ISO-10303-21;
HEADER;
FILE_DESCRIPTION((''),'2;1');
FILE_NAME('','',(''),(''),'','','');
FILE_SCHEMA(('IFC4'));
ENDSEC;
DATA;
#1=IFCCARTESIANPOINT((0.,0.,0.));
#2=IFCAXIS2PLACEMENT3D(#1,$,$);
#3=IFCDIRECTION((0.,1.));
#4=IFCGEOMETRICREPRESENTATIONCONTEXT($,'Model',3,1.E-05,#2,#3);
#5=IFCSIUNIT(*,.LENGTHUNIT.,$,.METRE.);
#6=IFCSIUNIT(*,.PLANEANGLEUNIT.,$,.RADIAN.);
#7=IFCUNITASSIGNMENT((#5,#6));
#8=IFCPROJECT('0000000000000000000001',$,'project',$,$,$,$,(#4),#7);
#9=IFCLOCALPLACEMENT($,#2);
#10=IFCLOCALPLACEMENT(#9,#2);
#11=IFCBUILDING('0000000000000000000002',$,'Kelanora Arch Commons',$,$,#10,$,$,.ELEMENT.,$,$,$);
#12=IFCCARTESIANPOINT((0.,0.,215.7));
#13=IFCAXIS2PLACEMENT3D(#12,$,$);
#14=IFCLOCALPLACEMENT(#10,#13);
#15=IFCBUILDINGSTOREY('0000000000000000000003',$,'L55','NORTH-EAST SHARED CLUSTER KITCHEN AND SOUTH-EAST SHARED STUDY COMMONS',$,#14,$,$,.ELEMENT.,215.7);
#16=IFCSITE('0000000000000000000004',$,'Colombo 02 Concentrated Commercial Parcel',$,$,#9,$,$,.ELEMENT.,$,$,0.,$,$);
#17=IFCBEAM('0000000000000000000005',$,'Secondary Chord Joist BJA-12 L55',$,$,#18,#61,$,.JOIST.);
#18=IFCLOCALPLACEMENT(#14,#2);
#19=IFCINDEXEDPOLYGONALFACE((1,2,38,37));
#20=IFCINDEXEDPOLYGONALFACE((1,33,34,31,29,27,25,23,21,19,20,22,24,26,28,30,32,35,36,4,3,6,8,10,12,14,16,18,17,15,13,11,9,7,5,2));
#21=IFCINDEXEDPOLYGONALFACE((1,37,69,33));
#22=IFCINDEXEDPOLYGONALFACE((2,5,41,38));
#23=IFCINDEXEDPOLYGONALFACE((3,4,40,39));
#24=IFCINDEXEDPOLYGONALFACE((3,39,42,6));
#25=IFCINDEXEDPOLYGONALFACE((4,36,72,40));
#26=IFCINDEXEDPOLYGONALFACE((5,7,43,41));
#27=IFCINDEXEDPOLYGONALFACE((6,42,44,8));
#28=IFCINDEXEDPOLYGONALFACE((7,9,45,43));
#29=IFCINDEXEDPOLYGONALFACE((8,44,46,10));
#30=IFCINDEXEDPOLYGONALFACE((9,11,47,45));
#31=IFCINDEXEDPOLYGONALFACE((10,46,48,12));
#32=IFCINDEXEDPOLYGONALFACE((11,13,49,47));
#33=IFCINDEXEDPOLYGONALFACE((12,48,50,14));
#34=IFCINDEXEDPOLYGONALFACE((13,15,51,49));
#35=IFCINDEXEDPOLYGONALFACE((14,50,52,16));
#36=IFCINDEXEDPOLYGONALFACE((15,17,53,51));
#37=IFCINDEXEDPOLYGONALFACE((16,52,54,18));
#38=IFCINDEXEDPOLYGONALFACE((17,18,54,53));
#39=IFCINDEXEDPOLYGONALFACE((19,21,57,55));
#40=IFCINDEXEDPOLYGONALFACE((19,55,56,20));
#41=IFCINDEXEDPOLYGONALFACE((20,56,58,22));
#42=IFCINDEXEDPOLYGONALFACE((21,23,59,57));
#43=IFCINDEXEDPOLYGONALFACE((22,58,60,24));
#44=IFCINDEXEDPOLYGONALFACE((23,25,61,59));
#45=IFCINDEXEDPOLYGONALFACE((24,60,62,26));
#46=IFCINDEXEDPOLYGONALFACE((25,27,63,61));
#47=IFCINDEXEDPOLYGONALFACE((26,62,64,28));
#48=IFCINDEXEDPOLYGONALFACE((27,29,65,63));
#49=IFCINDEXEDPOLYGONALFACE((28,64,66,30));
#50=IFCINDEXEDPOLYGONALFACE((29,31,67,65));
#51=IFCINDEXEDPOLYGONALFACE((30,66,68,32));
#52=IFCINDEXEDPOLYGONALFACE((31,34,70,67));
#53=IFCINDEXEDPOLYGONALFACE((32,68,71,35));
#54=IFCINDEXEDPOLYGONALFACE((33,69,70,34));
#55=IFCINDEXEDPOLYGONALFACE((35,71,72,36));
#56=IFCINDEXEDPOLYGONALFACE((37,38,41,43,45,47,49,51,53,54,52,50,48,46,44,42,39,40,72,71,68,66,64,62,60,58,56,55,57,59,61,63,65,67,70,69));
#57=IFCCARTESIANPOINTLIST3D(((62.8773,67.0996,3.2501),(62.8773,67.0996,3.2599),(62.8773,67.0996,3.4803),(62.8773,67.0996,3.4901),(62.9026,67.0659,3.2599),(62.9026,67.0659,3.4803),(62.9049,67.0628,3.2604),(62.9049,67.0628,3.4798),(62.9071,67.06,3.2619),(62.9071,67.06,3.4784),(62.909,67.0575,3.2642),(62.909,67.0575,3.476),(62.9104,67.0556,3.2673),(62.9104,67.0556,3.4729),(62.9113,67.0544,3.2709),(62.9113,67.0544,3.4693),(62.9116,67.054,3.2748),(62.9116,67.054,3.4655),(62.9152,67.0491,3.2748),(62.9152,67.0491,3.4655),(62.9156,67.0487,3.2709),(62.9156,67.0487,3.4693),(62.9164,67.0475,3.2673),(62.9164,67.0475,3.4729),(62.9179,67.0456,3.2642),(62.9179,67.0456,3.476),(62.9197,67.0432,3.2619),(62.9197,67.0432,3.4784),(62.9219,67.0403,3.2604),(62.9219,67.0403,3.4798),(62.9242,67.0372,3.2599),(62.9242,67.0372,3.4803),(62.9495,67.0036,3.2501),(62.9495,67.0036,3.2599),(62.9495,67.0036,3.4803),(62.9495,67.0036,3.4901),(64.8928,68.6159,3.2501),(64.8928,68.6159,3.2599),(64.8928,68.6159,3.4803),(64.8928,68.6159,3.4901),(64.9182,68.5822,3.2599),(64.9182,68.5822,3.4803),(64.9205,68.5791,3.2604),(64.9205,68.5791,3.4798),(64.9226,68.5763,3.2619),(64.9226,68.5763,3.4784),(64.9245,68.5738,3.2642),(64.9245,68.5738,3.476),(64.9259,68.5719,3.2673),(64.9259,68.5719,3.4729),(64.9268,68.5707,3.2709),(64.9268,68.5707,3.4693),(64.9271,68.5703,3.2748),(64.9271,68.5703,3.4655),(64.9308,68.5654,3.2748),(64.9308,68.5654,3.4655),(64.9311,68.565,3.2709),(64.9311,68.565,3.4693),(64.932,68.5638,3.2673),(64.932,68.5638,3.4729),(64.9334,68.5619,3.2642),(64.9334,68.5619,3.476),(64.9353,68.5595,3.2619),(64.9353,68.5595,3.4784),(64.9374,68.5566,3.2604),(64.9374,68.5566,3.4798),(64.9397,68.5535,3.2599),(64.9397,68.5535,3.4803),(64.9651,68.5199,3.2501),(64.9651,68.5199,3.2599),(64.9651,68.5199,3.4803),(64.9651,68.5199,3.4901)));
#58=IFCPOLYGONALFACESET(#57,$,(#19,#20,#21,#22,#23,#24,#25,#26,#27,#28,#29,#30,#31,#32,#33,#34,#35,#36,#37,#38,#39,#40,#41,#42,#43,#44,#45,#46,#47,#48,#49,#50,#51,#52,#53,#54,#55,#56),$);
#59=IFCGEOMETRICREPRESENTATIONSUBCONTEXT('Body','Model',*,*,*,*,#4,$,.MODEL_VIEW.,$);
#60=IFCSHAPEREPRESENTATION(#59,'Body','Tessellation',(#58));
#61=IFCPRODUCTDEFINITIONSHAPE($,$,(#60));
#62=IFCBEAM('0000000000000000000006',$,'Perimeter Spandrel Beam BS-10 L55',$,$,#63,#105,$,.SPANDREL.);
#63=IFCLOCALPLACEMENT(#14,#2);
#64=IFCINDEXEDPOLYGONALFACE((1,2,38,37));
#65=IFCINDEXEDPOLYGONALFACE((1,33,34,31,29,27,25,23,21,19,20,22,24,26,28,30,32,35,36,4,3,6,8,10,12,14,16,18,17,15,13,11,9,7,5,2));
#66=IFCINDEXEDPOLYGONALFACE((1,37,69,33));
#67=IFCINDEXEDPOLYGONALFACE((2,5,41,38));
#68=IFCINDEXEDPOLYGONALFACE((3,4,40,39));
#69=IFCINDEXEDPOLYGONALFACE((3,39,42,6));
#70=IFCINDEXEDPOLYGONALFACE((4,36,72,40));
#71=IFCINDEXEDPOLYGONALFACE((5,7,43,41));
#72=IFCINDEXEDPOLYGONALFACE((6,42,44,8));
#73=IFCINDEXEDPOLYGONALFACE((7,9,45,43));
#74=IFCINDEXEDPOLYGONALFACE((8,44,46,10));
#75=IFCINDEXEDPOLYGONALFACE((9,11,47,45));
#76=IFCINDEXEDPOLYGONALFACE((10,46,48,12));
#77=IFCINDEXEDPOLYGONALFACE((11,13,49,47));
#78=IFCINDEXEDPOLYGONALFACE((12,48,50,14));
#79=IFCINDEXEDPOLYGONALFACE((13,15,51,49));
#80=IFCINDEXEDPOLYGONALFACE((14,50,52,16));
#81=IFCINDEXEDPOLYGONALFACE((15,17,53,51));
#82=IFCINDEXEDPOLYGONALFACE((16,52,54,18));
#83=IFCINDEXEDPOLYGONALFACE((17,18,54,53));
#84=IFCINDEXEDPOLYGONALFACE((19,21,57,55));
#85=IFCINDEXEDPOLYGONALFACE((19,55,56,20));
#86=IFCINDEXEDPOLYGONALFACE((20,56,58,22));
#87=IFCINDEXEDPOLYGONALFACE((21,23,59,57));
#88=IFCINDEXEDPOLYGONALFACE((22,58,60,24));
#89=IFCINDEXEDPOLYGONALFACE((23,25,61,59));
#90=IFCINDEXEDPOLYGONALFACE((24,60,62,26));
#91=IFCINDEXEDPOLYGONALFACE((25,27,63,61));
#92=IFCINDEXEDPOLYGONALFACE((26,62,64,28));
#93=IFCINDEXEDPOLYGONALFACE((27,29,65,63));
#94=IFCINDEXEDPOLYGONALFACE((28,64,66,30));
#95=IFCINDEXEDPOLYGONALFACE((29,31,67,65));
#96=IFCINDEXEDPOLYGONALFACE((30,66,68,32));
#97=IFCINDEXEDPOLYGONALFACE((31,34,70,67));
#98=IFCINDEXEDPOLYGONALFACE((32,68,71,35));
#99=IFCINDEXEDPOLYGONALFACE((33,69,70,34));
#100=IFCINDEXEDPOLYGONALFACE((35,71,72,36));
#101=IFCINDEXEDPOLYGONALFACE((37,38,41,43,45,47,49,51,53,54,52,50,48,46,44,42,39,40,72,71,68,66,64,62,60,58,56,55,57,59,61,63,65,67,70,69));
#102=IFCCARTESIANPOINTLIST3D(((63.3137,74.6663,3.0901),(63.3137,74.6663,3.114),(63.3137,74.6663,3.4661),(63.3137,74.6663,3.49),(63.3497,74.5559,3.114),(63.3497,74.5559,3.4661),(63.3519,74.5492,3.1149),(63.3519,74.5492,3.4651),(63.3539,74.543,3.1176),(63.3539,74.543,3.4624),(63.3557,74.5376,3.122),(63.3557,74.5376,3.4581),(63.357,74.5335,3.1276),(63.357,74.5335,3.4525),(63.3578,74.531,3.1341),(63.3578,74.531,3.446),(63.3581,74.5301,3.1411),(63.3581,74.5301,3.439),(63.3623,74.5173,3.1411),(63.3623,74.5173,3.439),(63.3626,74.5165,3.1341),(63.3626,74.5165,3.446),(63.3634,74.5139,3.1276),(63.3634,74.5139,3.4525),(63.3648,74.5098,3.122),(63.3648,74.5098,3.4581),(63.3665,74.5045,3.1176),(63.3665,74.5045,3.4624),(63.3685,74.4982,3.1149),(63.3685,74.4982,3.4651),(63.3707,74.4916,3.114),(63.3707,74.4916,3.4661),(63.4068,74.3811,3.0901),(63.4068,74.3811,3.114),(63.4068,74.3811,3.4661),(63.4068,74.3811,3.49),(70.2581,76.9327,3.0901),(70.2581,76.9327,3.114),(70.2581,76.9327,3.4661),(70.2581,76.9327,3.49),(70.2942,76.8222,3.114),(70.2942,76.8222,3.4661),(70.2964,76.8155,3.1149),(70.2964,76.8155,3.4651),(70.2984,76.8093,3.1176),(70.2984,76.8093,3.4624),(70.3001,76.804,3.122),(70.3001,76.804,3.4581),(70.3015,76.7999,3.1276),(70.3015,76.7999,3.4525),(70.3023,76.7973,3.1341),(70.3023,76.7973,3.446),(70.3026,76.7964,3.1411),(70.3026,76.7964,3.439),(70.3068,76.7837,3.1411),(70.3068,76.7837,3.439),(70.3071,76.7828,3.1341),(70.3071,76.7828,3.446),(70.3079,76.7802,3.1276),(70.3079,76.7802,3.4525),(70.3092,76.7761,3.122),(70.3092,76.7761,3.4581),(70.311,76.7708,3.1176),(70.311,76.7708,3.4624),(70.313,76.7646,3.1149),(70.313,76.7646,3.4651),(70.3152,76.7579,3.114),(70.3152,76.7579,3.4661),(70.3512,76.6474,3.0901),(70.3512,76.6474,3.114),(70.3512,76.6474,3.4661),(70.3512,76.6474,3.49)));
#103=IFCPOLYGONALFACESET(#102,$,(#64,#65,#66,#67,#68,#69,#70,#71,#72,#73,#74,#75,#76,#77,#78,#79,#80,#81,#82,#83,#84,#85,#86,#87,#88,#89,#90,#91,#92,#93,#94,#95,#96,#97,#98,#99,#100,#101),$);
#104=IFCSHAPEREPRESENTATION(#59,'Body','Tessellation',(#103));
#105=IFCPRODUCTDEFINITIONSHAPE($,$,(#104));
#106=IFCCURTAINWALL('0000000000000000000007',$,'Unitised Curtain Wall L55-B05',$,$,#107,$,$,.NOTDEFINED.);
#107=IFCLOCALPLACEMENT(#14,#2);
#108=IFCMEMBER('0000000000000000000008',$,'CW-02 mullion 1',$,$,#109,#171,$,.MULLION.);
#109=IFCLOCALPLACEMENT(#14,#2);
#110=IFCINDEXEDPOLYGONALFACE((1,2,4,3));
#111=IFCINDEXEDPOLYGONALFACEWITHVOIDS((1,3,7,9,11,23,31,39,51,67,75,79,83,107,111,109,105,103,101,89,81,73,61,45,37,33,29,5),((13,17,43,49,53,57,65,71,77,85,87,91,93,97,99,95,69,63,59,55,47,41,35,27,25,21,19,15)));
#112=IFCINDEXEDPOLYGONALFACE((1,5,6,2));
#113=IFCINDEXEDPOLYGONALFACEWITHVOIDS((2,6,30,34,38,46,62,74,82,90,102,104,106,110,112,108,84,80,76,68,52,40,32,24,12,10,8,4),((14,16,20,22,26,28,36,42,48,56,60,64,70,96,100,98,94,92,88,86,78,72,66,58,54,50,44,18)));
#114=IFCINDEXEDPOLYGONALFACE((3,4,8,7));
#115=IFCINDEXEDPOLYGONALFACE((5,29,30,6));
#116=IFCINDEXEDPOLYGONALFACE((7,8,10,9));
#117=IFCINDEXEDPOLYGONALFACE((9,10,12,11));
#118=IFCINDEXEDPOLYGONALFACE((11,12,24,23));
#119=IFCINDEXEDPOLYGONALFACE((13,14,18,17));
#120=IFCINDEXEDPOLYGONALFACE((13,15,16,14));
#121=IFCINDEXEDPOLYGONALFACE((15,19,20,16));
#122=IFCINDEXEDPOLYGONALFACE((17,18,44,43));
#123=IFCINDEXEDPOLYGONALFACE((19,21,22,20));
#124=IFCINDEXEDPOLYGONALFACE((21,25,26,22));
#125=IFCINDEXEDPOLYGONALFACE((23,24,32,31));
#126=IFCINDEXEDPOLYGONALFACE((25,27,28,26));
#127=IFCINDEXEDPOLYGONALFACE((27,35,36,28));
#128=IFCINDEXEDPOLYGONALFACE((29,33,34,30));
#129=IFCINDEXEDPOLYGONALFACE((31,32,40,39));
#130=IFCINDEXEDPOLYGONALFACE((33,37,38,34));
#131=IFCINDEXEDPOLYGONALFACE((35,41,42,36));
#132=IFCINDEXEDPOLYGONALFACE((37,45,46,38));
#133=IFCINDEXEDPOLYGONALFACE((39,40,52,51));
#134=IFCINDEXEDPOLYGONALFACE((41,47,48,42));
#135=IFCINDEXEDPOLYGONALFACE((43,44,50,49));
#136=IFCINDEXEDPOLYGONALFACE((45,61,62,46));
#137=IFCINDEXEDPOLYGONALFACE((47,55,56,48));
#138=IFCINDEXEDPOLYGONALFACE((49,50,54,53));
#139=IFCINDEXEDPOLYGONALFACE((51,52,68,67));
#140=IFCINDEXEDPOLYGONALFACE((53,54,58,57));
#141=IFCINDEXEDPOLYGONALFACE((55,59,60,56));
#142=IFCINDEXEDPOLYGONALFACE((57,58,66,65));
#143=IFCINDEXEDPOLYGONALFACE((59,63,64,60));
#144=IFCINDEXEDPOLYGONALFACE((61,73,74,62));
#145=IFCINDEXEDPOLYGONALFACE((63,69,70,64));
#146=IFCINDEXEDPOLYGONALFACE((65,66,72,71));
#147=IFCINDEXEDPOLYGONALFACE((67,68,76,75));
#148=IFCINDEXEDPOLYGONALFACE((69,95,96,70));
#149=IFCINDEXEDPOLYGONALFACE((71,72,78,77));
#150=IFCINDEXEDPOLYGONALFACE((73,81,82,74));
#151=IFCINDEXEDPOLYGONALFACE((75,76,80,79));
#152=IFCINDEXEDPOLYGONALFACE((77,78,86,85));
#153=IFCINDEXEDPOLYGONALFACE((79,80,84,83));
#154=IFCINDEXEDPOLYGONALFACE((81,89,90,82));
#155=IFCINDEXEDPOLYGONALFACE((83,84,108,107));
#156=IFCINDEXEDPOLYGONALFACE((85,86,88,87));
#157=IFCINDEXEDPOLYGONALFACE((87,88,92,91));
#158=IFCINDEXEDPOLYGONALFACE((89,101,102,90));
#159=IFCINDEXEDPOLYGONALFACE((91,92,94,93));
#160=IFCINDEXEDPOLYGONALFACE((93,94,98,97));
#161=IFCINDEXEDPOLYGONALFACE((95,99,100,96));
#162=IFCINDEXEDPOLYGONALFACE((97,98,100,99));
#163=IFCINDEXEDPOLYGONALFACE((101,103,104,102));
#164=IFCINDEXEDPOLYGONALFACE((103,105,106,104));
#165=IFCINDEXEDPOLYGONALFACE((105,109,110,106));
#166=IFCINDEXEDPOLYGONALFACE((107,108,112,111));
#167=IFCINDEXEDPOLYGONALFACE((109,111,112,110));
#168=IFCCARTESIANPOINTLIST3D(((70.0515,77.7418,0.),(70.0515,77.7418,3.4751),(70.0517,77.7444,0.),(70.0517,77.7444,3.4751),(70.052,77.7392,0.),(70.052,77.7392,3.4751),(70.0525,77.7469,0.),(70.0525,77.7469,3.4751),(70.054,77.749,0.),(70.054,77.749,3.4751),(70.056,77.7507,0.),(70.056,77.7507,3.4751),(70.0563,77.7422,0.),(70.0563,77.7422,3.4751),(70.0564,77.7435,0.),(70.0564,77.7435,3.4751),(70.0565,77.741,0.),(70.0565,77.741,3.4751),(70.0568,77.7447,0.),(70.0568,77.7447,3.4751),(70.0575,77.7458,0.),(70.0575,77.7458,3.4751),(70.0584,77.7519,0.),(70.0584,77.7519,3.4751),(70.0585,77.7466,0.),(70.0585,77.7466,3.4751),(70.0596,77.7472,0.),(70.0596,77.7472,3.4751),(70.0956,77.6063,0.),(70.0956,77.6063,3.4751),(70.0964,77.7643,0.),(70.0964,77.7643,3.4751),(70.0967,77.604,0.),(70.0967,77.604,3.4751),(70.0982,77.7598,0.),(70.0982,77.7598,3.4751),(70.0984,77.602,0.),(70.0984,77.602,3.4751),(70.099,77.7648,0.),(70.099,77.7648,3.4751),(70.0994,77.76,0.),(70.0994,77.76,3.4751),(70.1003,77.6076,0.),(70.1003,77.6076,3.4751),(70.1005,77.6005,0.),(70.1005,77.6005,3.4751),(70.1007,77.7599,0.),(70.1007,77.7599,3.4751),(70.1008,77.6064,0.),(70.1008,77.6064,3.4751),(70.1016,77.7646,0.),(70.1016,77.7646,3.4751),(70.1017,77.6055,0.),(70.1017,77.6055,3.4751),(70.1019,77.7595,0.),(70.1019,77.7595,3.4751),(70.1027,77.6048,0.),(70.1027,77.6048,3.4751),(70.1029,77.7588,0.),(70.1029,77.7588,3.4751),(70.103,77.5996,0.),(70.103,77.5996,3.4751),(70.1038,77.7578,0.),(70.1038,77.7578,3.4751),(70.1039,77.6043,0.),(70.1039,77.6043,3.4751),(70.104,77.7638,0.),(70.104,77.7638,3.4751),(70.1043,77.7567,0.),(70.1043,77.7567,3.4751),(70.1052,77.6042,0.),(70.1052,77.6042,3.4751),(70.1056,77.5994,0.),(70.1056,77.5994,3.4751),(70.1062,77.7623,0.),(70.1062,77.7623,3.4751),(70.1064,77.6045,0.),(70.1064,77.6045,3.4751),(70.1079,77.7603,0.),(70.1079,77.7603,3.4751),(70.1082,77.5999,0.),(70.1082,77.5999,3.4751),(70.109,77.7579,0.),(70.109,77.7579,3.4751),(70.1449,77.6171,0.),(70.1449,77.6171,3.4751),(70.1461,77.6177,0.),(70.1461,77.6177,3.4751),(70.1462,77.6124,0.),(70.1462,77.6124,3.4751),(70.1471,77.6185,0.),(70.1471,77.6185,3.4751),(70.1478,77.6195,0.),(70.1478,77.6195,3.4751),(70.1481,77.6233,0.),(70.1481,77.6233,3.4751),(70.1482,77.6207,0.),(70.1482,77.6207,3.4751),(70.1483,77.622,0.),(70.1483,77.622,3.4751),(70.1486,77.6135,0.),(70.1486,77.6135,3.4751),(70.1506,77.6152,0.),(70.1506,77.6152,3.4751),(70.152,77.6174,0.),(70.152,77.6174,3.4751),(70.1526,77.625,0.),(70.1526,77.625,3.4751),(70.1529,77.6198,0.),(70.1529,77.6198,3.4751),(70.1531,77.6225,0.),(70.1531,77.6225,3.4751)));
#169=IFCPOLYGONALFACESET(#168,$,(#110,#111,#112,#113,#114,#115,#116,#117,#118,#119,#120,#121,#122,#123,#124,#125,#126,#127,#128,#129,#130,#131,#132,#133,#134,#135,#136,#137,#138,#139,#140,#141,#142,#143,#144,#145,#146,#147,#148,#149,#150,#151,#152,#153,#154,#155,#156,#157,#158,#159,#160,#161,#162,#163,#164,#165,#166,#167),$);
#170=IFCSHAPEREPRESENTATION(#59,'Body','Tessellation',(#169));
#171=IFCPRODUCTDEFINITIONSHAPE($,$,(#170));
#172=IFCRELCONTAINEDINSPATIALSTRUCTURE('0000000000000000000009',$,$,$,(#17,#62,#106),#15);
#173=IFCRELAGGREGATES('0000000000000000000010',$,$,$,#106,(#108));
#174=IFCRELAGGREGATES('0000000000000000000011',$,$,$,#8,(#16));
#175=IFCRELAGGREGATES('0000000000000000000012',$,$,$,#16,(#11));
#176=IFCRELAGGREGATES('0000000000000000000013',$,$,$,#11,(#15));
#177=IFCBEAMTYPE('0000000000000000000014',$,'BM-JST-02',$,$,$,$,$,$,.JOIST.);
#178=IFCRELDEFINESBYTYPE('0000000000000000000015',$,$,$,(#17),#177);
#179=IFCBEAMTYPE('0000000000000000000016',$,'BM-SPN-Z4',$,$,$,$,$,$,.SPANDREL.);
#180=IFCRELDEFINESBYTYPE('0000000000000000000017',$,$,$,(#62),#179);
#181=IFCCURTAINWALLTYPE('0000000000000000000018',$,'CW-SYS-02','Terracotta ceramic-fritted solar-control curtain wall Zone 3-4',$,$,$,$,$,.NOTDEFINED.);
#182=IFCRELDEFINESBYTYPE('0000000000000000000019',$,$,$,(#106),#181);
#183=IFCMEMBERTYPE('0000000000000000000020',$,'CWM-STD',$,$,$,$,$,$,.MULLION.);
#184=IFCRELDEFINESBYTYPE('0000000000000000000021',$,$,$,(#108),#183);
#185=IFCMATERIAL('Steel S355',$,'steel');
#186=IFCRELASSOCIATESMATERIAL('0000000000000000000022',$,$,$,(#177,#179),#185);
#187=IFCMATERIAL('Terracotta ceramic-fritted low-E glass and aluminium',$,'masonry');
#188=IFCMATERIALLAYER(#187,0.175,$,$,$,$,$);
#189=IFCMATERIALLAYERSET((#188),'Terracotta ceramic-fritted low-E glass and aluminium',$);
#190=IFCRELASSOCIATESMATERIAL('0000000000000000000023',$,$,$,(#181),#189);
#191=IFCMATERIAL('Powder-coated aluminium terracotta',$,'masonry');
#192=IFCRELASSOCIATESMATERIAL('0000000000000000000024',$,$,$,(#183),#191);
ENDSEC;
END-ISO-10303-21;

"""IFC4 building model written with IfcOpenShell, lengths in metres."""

from ifc_helpers import new_model, si_unit, direction, frame, origin, origin_2d, place, context, subcontext, project, spatial, hollow_rectangle, i_section, extrude, material, layer, layer_set, material_profile, profile_set, type_object, element, aggregate, save


model = new_model("IFC4")

# Units and contexts
model_context = context("Model", 3, precision=1e-05, world=origin(), true_north=direction((0.0, 1.0)))
body_context = subcontext(model_context, "Body", "Model", "MODEL_VIEW")
ifc_project = project(units=[si_unit("LENGTHUNIT", "METRE"), si_unit("PLANEANGLEUNIT", "RADIAN")], contexts=[model_context])

# Site, building, storey
site_placement = place(None, origin())
site = spatial("IfcSite", under=ifc_project, at=site_placement, Name="Colombo 02 Concentrated Commercial Parcel", CompositionType="ELEMENT", RefElevation=0.0)
building_placement = place(site_placement, origin())
building = spatial("IfcBuilding", under=site, at=building_placement, Name="Kelanora Arch Commons", CompositionType="ELEMENT")
storey_placement = place(building_placement, frame((0.0, 0.0, 215.7)))
storey = spatial("IfcBuildingStorey", under=building, at=storey_placement, Name="L55", Description="NORTH-EAST SHARED CLUSTER KITCHEN AND SOUTH-EAST SHARED STUDY COMMONS", CompositionType="ELEMENT", Elevation=215.7)

# Beams
ifc_material_1 = material(Name="Steel S355", Category="steel")
ifc_material_profile_1 = material_profile(ifc_material_1, i_section(OverallWidth=0.1201, OverallDepth=0.24, WebThickness=0.0061, FlangeThickness=0.0098, FilletRadius=0.0149, at=origin_2d()), Name="IPE240")
ifc_profile_set_1 = profile_set([ifc_material_profile_1], Name="Steel S355")
beam_type_1 = type_object("IfcBeamType", Name="BM-JST-02", PredefinedType="JOIST", material=ifc_profile_set_1)
beam_1_placement = place(storey_placement, frame((64.929, 68.5679, 3.3701), z_axis=(-0.799116, -0.601176, 0.0), x_axis=(0.601176, -0.799116, 0.0)))
element("IfcBeam", 1, at=beam_1_placement, inside=storey, type_object=beam_type_1, Name="Secondary Chord Joist BJA-12 L55", PredefinedType="JOIST", context=body_context, shape_type="SweptSolid", body=[
    extrude(i_section(OverallWidth=0.1201, OverallDepth=0.24, WebThickness=0.0061, FlangeThickness=0.0098, FilletRadius=0.0149, at=origin_2d()), origin(), (0.0, 0.0, 1.0), 2.5222),
])
ifc_material_profile_2 = material_profile(ifc_material_1, i_section(OverallWidth=0.3, OverallDepth=0.3999, WebThickness=0.0134, FlangeThickness=0.0239, FilletRadius=0.0271, at=origin_2d()), Name="HEB400")
ifc_profile_set_2 = profile_set([ifc_material_profile_2], Name="Steel S355")
beam_type_2 = type_object("IfcBeamType", Name="BM-SPN-Z4", PredefinedType="SPANDREL", material=ifc_profile_set_2)
beam_2_placement = place(storey_placement, frame((70.3047, 76.79, 3.29), z_axis=(-0.950656, -0.310246, 0.0), x_axis=(0.310246, -0.950656, 0.0)))
element("IfcBeam", 2, at=beam_2_placement, inside=storey, type_object=beam_type_2, Name="Perimeter Spandrel Beam BS-10 L55", PredefinedType="SPANDREL", context=body_context, shape_type="SweptSolid", body=[
    extrude(i_section(OverallWidth=0.3, OverallDepth=0.3999, WebThickness=0.0134, FlangeThickness=0.0239, FilletRadius=0.0271, at=origin_2d()), origin(), (0.0, 0.0, 1.0), 7.3049),
])

# Curtain wall, member
ifc_material_2 = material(Name="Terracotta ceramic-fritted low-E glass and aluminium", Category="masonry")
ifc_layer_1 = layer(ifc_material_2, 0.175)
ifc_layer_set_1 = layer_set([ifc_layer_1], Name="Terracotta ceramic-fritted low-E glass and aluminium")
curtain_wall_type = type_object("IfcCurtainWallType", Name="CW-SYS-02", Description="Terracotta ceramic-fritted solar-control curtain wall Zone 3-4", PredefinedType="NOTDEFINED", material=ifc_layer_set_1)
curtain_wall_placement = place(storey_placement, origin())
curtain_wall = element("IfcCurtainWall", 3, at=curtain_wall_placement, inside=storey, type_object=curtain_wall_type, Name="Unitised Curtain Wall L55-B05", PredefinedType="NOTDEFINED")
ifc_material_3 = material(Name="Powder-coated aluminium terracotta", Category="masonry")
ifc_material_profile_3 = material_profile(ifc_material_3, hollow_rectangle(XDim=0.1599, YDim=0.0601, WallThickness=0.0049, InnerFilletRadius=0.0049, OuterFilletRadius=0.01, at=origin_2d()), Name="CWM160x60")
ifc_profile_set_3 = profile_set([ifc_material_profile_3], Name="Powder-coated aluminium terracotta")
member_type_1 = type_object("IfcMemberType", Name="CWM-STD", PredefinedType="MULLION", material=ifc_profile_set_3)
member_1_placement = place(storey_placement, frame((70.1023, 77.6821, 0.0), z_axis=(0.0, 0.0, 1.0), x_axis=(0.311582, -0.950219, 0.0)))
member_1 = element("IfcMember", 4, at=member_1_placement, type_object=member_type_1, Name="CW-02 mullion 1", PredefinedType="MULLION", context=body_context, shape_type="SweptSolid", body=[
    extrude(hollow_rectangle(XDim=0.1599, YDim=0.0601, WallThickness=0.0049, InnerFilletRadius=0.0049, OuterFilletRadius=0.01, at=origin_2d()), origin(), (0.0, 0.0, 1.0), 3.4751),
])
aggregate(curtain_wall, [member_1])

save(model, "model.ifc")
